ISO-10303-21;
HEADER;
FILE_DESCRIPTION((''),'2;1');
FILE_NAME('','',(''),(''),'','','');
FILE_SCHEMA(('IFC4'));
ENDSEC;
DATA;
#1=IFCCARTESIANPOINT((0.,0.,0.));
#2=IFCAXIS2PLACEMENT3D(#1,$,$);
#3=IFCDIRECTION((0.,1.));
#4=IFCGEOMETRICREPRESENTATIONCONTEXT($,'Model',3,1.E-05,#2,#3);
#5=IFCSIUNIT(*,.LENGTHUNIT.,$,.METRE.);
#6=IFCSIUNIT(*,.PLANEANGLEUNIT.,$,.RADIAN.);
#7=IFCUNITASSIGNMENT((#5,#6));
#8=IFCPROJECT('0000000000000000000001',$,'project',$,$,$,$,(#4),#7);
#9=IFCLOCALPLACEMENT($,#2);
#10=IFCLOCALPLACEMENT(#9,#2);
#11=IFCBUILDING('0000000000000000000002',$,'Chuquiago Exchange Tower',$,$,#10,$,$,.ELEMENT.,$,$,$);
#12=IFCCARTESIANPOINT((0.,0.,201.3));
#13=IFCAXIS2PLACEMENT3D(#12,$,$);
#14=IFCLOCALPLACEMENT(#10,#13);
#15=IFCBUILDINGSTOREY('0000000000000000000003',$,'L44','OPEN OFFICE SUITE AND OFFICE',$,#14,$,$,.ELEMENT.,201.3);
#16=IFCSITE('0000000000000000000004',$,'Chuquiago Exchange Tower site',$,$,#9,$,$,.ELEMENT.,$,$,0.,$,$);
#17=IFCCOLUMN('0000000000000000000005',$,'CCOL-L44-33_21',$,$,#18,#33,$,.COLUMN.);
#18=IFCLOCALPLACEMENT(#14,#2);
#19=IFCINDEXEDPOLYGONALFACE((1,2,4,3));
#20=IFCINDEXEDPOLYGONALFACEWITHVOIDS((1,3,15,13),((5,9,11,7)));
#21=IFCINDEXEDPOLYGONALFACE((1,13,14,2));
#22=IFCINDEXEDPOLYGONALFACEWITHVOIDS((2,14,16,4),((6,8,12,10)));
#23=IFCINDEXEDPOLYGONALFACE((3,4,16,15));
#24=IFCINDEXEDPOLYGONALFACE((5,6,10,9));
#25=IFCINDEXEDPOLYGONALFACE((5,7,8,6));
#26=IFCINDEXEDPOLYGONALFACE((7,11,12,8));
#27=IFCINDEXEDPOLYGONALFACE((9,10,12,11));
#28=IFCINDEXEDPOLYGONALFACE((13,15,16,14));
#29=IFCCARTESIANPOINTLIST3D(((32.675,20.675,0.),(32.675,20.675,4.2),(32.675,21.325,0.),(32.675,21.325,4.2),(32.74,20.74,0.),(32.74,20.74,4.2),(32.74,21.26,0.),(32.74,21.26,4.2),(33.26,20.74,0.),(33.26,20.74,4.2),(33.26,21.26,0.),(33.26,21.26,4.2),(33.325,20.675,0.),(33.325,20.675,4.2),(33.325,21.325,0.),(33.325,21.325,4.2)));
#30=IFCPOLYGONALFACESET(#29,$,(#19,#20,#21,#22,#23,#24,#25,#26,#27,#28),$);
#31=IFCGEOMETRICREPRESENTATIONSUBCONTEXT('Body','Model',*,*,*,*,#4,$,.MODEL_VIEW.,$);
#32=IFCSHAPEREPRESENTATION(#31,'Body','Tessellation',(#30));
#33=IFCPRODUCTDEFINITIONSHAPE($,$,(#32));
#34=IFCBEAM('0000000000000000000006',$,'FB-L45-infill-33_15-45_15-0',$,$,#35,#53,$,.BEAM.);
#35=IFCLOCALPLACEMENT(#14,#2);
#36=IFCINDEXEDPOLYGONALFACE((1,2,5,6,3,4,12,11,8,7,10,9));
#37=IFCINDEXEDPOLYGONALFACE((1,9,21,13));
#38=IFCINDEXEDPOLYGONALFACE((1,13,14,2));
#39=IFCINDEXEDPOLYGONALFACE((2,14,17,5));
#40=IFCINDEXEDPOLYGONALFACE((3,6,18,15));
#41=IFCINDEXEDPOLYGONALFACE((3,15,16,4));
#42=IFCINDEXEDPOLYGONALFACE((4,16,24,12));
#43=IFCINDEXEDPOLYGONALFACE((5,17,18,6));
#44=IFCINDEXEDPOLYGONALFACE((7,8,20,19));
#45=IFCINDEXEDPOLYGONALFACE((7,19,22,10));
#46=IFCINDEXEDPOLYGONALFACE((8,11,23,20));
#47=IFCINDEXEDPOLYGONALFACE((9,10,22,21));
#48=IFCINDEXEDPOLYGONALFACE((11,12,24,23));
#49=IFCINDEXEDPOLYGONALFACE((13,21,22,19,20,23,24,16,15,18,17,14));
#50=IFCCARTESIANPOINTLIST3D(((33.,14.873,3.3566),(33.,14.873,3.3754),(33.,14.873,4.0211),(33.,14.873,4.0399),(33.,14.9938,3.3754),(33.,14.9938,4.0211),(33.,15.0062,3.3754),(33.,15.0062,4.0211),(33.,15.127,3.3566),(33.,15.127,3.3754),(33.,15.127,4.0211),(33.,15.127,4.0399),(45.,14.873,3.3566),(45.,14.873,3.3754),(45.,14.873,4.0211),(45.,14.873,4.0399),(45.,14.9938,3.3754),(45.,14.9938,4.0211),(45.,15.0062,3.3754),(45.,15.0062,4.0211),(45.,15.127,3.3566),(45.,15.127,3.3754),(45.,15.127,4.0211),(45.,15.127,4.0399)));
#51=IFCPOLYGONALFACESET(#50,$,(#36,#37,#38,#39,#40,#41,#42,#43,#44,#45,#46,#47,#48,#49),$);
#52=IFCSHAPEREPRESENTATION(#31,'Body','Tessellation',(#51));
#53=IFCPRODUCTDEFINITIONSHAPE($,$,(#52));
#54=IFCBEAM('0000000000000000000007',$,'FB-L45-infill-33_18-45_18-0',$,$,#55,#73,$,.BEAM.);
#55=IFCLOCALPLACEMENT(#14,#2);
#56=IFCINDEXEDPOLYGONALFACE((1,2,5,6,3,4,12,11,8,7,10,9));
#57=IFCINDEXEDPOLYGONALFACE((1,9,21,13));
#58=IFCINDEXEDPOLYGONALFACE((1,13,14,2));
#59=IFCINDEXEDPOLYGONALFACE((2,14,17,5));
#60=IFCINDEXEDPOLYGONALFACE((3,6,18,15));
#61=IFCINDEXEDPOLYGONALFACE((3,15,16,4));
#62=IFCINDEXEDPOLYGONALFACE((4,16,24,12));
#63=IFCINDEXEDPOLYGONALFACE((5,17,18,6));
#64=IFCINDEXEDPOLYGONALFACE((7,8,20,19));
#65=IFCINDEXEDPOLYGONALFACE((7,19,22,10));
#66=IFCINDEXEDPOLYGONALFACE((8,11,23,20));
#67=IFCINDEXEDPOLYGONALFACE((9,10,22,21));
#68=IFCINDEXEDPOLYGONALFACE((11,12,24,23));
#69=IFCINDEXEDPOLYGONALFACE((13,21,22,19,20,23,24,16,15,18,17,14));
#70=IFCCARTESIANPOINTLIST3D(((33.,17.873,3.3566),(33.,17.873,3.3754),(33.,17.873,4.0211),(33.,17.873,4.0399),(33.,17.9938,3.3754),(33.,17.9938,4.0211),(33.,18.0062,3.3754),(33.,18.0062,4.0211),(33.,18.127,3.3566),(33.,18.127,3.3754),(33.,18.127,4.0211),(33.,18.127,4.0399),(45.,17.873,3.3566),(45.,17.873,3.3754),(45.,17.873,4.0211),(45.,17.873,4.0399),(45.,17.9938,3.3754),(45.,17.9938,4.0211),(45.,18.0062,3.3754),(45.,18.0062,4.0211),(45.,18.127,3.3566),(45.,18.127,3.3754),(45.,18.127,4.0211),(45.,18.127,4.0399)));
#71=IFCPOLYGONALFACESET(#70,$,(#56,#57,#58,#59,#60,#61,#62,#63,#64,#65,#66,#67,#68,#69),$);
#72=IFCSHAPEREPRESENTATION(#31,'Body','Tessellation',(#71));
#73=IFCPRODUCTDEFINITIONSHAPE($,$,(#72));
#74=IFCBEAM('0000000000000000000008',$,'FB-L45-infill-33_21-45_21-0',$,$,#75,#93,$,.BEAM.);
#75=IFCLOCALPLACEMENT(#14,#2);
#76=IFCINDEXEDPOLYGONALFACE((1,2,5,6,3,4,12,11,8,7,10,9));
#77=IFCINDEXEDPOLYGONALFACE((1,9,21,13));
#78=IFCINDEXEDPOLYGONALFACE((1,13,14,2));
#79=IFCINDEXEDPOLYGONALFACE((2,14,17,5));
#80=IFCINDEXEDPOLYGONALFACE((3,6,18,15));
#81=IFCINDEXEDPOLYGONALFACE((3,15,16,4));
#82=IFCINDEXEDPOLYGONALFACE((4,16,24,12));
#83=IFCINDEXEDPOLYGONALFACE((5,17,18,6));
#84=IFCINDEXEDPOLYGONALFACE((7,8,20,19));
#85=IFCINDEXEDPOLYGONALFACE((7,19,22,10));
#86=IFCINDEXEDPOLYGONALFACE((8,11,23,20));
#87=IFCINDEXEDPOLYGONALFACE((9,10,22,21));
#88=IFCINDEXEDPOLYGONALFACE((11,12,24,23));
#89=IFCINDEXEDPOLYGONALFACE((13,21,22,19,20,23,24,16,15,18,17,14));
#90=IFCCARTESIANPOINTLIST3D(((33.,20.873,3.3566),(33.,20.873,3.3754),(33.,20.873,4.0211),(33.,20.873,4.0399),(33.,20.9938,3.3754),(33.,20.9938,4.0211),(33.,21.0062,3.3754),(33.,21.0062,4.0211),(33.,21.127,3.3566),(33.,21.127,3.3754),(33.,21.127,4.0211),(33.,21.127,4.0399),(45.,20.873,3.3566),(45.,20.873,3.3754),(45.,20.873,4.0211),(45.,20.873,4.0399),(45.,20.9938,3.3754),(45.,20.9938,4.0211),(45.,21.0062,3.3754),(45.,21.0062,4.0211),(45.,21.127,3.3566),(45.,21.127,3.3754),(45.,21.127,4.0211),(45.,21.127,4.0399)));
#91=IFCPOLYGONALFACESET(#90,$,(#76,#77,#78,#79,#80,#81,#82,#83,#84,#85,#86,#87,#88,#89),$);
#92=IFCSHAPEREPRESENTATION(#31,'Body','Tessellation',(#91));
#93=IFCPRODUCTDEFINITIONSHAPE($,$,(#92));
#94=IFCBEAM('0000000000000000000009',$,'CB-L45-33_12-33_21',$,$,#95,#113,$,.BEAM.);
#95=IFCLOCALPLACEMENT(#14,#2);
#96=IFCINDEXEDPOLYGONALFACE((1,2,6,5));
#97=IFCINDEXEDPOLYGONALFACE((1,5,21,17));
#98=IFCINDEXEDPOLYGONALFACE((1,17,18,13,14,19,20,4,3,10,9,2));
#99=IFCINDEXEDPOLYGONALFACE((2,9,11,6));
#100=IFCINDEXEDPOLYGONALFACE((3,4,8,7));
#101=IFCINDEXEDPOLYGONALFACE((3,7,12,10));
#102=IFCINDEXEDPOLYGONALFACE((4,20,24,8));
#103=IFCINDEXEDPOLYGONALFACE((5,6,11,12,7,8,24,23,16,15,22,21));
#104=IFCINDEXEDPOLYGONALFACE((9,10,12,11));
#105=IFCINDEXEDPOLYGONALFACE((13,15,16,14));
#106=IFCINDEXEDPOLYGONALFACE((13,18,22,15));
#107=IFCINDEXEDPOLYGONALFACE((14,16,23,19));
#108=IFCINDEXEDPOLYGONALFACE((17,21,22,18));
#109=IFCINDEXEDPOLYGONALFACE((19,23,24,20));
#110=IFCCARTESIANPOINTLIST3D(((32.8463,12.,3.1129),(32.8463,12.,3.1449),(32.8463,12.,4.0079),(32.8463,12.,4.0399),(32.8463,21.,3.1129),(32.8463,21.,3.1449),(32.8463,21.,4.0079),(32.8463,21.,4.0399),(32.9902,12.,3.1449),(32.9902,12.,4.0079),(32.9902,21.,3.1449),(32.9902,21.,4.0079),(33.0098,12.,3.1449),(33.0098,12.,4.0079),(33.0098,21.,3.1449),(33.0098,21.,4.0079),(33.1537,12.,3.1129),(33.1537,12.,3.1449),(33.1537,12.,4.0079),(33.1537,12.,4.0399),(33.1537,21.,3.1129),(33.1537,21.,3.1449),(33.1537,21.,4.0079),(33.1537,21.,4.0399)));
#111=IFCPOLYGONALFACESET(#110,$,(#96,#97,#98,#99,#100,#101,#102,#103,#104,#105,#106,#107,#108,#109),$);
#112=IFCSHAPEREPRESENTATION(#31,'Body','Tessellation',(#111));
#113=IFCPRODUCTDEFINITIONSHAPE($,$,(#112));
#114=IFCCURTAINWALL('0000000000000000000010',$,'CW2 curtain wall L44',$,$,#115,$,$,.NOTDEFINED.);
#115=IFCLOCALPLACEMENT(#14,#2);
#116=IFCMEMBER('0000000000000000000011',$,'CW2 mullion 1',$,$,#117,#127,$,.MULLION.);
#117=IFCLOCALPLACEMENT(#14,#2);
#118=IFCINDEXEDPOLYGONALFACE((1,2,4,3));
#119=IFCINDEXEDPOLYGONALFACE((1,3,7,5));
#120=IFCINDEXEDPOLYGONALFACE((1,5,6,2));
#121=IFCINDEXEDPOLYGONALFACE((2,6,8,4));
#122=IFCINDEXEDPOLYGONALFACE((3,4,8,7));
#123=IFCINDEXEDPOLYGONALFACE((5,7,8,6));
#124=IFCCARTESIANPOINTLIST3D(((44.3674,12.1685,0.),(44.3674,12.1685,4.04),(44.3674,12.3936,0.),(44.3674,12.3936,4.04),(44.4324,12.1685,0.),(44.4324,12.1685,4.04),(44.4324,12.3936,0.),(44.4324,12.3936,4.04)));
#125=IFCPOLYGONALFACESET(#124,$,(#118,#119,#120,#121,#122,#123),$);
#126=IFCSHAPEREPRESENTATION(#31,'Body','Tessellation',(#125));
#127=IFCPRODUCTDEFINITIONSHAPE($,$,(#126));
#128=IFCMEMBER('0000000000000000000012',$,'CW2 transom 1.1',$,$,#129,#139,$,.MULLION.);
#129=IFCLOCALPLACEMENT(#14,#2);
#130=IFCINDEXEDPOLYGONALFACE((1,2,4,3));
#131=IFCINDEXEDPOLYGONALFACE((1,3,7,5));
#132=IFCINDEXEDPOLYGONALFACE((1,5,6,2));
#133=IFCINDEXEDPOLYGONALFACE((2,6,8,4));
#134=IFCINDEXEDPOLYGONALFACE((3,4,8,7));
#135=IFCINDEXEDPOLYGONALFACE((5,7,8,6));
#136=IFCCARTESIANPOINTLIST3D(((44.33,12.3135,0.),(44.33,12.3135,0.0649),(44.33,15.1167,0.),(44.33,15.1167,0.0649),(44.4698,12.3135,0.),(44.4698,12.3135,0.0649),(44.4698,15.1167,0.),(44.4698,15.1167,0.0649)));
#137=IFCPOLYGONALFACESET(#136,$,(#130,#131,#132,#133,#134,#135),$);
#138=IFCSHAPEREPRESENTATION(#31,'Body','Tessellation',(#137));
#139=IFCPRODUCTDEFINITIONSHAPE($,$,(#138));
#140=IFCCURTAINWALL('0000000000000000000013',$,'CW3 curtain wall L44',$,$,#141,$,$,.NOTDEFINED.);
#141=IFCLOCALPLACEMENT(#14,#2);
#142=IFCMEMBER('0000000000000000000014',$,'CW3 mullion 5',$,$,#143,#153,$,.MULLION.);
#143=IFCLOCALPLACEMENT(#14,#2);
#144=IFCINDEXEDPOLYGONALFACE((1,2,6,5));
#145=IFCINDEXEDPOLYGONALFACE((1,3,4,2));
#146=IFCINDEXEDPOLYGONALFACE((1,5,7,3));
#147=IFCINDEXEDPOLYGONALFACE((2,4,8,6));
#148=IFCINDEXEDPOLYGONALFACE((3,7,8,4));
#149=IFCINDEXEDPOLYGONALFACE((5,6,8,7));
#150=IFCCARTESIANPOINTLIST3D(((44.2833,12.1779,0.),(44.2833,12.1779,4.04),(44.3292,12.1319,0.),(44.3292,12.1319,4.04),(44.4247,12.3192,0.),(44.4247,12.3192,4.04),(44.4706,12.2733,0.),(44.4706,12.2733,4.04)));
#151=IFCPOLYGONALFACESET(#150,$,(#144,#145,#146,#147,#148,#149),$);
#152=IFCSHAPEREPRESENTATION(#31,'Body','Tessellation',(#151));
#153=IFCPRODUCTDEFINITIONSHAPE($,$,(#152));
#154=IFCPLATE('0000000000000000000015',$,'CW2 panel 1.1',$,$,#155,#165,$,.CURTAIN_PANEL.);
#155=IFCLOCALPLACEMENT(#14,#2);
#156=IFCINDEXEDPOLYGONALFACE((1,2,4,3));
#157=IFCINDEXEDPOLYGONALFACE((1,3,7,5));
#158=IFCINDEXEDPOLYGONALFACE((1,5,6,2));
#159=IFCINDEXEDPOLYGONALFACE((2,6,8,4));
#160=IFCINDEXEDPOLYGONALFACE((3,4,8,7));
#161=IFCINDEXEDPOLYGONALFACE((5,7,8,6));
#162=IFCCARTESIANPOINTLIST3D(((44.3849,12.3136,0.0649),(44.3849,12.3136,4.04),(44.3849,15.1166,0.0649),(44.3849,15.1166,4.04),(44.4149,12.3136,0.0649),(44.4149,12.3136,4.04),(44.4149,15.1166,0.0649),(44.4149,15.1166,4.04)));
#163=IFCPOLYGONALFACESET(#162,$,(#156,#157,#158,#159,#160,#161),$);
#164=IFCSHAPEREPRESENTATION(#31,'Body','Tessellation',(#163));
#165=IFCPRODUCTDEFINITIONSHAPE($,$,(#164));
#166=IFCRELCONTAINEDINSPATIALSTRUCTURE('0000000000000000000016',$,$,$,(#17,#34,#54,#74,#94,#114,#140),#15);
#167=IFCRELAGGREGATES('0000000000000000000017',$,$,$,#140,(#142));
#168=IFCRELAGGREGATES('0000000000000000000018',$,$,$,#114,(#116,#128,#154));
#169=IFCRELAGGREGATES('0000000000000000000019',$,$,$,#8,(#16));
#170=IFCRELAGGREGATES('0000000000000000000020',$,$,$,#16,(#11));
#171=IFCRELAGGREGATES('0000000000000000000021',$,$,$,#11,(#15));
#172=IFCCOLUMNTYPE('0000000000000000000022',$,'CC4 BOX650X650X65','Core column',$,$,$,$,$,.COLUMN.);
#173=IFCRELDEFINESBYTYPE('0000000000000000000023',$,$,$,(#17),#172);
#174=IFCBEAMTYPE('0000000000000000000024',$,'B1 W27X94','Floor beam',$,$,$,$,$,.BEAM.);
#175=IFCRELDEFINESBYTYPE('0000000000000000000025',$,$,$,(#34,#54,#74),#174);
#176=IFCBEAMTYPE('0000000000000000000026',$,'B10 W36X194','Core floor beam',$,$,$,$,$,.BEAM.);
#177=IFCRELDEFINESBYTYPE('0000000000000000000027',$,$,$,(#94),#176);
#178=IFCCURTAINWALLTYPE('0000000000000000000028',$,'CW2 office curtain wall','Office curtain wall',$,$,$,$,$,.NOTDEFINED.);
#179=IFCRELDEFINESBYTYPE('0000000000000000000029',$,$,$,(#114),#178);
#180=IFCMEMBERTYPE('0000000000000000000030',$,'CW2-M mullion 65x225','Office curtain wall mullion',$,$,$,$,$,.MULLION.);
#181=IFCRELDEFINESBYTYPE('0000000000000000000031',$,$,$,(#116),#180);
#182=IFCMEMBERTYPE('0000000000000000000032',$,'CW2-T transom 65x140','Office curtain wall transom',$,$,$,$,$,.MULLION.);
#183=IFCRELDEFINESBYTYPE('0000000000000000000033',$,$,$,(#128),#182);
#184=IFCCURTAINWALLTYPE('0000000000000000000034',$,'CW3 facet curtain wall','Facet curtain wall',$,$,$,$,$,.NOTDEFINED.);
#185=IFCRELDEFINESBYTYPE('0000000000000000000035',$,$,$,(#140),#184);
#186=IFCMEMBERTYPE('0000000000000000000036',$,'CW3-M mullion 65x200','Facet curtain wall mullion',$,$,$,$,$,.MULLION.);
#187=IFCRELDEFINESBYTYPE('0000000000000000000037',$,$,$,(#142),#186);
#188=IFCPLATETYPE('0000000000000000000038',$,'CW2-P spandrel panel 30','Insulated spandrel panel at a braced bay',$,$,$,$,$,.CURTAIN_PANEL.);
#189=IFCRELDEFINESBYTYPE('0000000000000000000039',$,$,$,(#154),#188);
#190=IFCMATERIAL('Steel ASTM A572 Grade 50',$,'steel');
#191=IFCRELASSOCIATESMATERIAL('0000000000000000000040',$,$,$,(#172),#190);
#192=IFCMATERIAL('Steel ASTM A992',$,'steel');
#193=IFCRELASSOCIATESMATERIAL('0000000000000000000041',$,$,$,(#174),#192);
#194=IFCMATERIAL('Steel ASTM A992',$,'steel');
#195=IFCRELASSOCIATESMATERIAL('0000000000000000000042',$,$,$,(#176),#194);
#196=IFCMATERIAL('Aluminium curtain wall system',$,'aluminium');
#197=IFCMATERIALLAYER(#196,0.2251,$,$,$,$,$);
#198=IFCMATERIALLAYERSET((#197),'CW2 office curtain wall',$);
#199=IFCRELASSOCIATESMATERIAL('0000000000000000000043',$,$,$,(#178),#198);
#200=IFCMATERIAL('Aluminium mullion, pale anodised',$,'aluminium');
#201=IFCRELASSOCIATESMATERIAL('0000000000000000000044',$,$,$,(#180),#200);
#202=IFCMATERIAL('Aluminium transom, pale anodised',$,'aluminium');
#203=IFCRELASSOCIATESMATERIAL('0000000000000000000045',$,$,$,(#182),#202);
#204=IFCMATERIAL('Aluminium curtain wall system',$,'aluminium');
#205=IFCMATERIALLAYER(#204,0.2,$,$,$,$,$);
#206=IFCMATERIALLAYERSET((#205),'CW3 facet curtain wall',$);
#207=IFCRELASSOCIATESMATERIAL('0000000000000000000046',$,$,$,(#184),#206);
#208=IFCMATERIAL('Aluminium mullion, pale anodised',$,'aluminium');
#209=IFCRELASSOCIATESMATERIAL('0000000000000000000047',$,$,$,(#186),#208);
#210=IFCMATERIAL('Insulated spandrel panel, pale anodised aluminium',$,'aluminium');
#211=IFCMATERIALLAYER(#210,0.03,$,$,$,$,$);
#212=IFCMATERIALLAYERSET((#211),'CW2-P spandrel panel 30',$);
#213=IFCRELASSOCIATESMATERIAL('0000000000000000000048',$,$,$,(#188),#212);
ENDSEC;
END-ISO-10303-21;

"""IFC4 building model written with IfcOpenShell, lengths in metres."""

from ifc_helpers import new_model, si_unit, direction, frame, origin, origin_2d, place, context, subcontext, project, spatial, rectangle, hollow_rectangle, i_section, extrude, material, layer, layer_set, material_profile, profile_set, type_object, element, aggregate, save


model = new_model("IFC4")

# Units and contexts
model_context = context("Model", 3, precision=1e-05, world=origin(), true_north=direction((0.0, 1.0)))
body_context = subcontext(model_context, "Body", "Model", "MODEL_VIEW")
ifc_project = project(units=[si_unit("LENGTHUNIT", "METRE"), si_unit("PLANEANGLEUNIT", "RADIAN")], contexts=[model_context])

# Site, building, storey
site_placement = place(None, origin())
site = spatial("IfcSite", under=ifc_project, at=site_placement, Name="Chuquiago Exchange Tower site", CompositionType="ELEMENT", RefElevation=0.0)
building_placement = place(site_placement, origin())
building = spatial("IfcBuilding", under=site, at=building_placement, Name="Chuquiago Exchange Tower", CompositionType="ELEMENT")
storey_placement = place(building_placement, frame((0.0, 0.0, 201.3)))
storey = spatial("IfcBuildingStorey", under=building, at=storey_placement, Name="L44", Description="OPEN OFFICE SUITE AND OFFICE", CompositionType="ELEMENT", Elevation=201.3)

# Column
ifc_material_1 = material(Name="Steel ASTM A572 Grade 50", Category="steel")
ifc_material_profile_1 = material_profile(ifc_material_1, hollow_rectangle(XDim=0.6499, YDim=0.6499, WallThickness=0.0649, at=origin_2d()), Name="BOX650X650X65")
ifc_profile_set_1 = profile_set([ifc_material_profile_1], Name="Steel ASTM A572 Grade 50")
column_type = type_object("IfcColumnType", Name="CC4 BOX650X650X65", Description="Core column", PredefinedType="COLUMN", material=ifc_profile_set_1)
column_placement = place(storey_placement, frame((33.0, 21.0, 0.0), z_axis=(0.0, 0.0, 1.0), x_axis=(1.0, 0.0, 0.0)))
element("IfcColumn", 1, at=column_placement, inside=storey, type_object=column_type, Name="CCOL-L44-33_21", PredefinedType="COLUMN", context=body_context, shape_type="SweptSolid", body=[
    extrude(hollow_rectangle(XDim=0.6499, YDim=0.6499, WallThickness=0.0649, at=origin_2d()), origin(), (0.0, 0.0, 1.0), 4.2),
])

# Beams
ifc_material_2 = material(Name="Steel ASTM A992", Category="steel")
ifc_material_profile_2 = material_profile(ifc_material_2, i_section(OverallWidth=0.2539, OverallDepth=0.6833, WebThickness=0.0125, FlangeThickness=0.0188, at=origin_2d()), Name="W27X94")
ifc_profile_set_2 = profile_set([ifc_material_profile_2], Name="Steel ASTM A992")
beam_type_1 = type_object("IfcBeamType", Name="B1 W27X94", Description="Floor beam", PredefinedType="BEAM", material=ifc_profile_set_2)
for number, where, z_axis, x_axis, name in (
    (2, (33.0, 15.0, 3.6982), (1.0, 0.0, 0.0), (0.0, 1.0, 0.0), "FB-L45-infill-33_15-45_15-0"),
    (3, (33.0, 18.0, 3.6982), (1.0, 0.0, 0.0), (0.0, 1.0, 0.0), "FB-L45-infill-33_18-45_18-0"),
    (4, (33.0, 21.0, 3.6982), (1.0, 0.0, 0.0), (0.0, 1.0, 0.0), "FB-L45-infill-33_21-45_21-0"),
):
    element("IfcBeam", number, at=place(storey_placement, frame(where, z_axis=z_axis, x_axis=x_axis)), inside=storey, type_object=beam_type_1, Name=name, PredefinedType="BEAM", context=body_context, shape_type="SweptSolid", body=[
        extrude(i_section(OverallWidth=0.2539, OverallDepth=0.6833, WebThickness=0.0125, FlangeThickness=0.0188, at=origin_2d()), origin(), (0.0, 0.0, 1.0), 12.0),
    ])
ifc_material_3 = material(Name="Steel ASTM A992", Category="steel")
ifc_material_profile_3 = material_profile(ifc_material_3, i_section(OverallWidth=0.3074, OverallDepth=0.927, WebThickness=0.0195, FlangeThickness=0.032, at=origin_2d()), Name="W36X194")
ifc_profile_set_3 = profile_set([ifc_material_profile_3], Name="Steel ASTM A992")
beam_type_2 = type_object("IfcBeamType", Name="B10 W36X194", Description="Core floor beam", PredefinedType="BEAM", material=ifc_profile_set_3)
beam_placement = place(storey_placement, frame((33.0, 12.0, 3.5764), z_axis=(0.0, 1.0, 0.0), x_axis=(-1.0, 0.0, 0.0)))
element("IfcBeam", 5, at=beam_placement, inside=storey, type_object=beam_type_2, Name="CB-L45-33_12-33_21", PredefinedType="BEAM", context=body_context, shape_type="SweptSolid", body=[
    extrude(i_section(OverallWidth=0.3074, OverallDepth=0.927, WebThickness=0.0195, FlangeThickness=0.032, at=origin_2d()), origin(), (0.0, 0.0, 1.0), 9.0),
])

# Curtain wall, members
ifc_material_4 = material(Name="Aluminium curtain wall system", Category="aluminium")
ifc_layer_1 = layer(ifc_material_4, 0.2251)
ifc_layer_set_1 = layer_set([ifc_layer_1], Name="CW2 office curtain wall")
curtain_wall_type_1 = type_object("IfcCurtainWallType", Name="CW2 office curtain wall", Description="Office curtain wall", PredefinedType="NOTDEFINED", material=ifc_layer_set_1)
curtain_wall_1_placement = place(storey_placement, origin())
curtain_wall_1 = element("IfcCurtainWall", 6, at=curtain_wall_1_placement, inside=storey, type_object=curtain_wall_type_1, Name="CW2 curtain wall L44", PredefinedType="NOTDEFINED")
ifc_material_5 = material(Name="Aluminium mullion, pale anodised", Category="aluminium")
ifc_material_profile_4 = material_profile(ifc_material_5, rectangle(XDim=0.0649, YDim=0.2251, at=origin_2d()), Name="AL 65x225")
ifc_profile_set_4 = profile_set([ifc_material_profile_4], Name="Aluminium mullion, pale anodised")
member_type_1 = type_object("IfcMemberType", Name="CW2-M mullion 65x225", Description="Office curtain wall mullion", PredefinedType="MULLION", material=ifc_profile_set_4)
member_1_placement = place(storey_placement, frame((44.3999, 12.281, 0.0), z_axis=(0.0, 0.0, 1.0), x_axis=(-1.0, 0.0, 0.0)))
member_1 = element("IfcMember", 7, at=member_1_placement, type_object=member_type_1, Name="CW2 mullion 1", PredefinedType="MULLION", context=body_context, shape_type="SweptSolid", body=[
    extrude(rectangle(XDim=0.0649, YDim=0.2251, at=origin_2d()), origin(), (0.0, 0.0, 1.0), 4.04),
])
ifc_material_6 = material(Name="Aluminium transom, pale anodised", Category="aluminium")
ifc_material_profile_5 = material_profile(ifc_material_6, rectangle(XDim=0.1399, YDim=0.0649, at=origin_2d()), Name="AL 140x65")
ifc_profile_set_5 = profile_set([ifc_material_profile_5], Name="Aluminium transom, pale anodised")
member_type_2 = type_object("IfcMemberType", Name="CW2-T transom 65x140", Description="Office curtain wall transom", PredefinedType="MULLION", material=ifc_profile_set_5)
member_2_placement = place(storey_placement, frame((44.3999, 12.3135, 0.0325), z_axis=(0.0, 1.0, 0.0), x_axis=(-1.0, 0.0, 0.0)))
member_2 = element("IfcMember", 8, at=member_2_placement, type_object=member_type_2, Name="CW2 transom 1.1", PredefinedType="MULLION", context=body_context, shape_type="SweptSolid", body=[
    extrude(rectangle(XDim=0.1399, YDim=0.0649, at=origin_2d()), origin(), (0.0, 0.0, 1.0), 2.8032),
])

# Curtain wall, member
ifc_material_7 = material(Name="Aluminium curtain wall system", Category="aluminium")
ifc_layer_2 = layer(ifc_material_7, 0.2)
ifc_layer_set_2 = layer_set([ifc_layer_2], Name="CW3 facet curtain wall")
curtain_wall_type_2 = type_object("IfcCurtainWallType", Name="CW3 facet curtain wall", Description="Facet curtain wall", PredefinedType="NOTDEFINED", material=ifc_layer_set_2)
curtain_wall_2_placement = place(storey_placement, origin())
curtain_wall_2 = element("IfcCurtainWall", 9, at=curtain_wall_2_placement, inside=storey, type_object=curtain_wall_type_2, Name="CW3 curtain wall L44", PredefinedType="NOTDEFINED")
ifc_material_8 = material(Name="Aluminium mullion, pale anodised", Category="aluminium")
ifc_material_profile_6 = material_profile(ifc_material_8, rectangle(XDim=0.0649, YDim=0.2, at=origin_2d()), Name="AL 65x200")
ifc_profile_set_6 = profile_set([ifc_material_profile_6], Name="Aluminium mullion, pale anodised")
member_type_3 = type_object("IfcMemberType", Name="CW3-M mullion 65x200", Description="Facet curtain wall mullion", PredefinedType="MULLION", material=ifc_profile_set_6)
member_3_placement = place(storey_placement, frame((44.377, 12.2256, 0.0), z_axis=(0.0, 0.0, 1.0), x_axis=(-0.707107, 0.707107, 0.0)))
member_3 = element("IfcMember", 10, at=member_3_placement, type_object=member_type_3, Name="CW3 mullion 5", PredefinedType="MULLION", context=body_context, shape_type="SweptSolid", body=[
    extrude(rectangle(XDim=0.0649, YDim=0.2, at=origin_2d()), origin(), (0.0, 0.0, 1.0), 4.04),
])
aggregate(curtain_wall_2, [member_3])

# Plate
ifc_material_9 = material(Name="Insulated spandrel panel, pale anodised aluminium", Category="aluminium")
ifc_layer_3 = layer(ifc_material_9, 0.03)
ifc_layer_set_3 = layer_set([ifc_layer_3], Name="CW2-P spandrel panel 30")
plate_type = type_object("IfcPlateType", Name="CW2-P spandrel panel 30", Description="Insulated spandrel panel at a braced bay", PredefinedType="CURTAIN_PANEL", material=ifc_layer_set_3)
plate_placement = place(storey_placement, frame((44.3999, 13.7151, 0.0649), z_axis=(0.0, 0.0, 1.0), x_axis=(0.0, 1.0, 0.0)))
plate = element("IfcPlate", 11, at=plate_placement, type_object=plate_type, Name="CW2 panel 1.1", PredefinedType="CURTAIN_PANEL", context=body_context, shape_type="SweptSolid", body=[
    extrude(rectangle(XDim=2.803, YDim=0.03, at=origin_2d()), origin(), (0.0, 0.0, 1.0), 3.9751),
])
aggregate(curtain_wall_1, [member_1, member_2, plate])

save(model, "model.ifc")
